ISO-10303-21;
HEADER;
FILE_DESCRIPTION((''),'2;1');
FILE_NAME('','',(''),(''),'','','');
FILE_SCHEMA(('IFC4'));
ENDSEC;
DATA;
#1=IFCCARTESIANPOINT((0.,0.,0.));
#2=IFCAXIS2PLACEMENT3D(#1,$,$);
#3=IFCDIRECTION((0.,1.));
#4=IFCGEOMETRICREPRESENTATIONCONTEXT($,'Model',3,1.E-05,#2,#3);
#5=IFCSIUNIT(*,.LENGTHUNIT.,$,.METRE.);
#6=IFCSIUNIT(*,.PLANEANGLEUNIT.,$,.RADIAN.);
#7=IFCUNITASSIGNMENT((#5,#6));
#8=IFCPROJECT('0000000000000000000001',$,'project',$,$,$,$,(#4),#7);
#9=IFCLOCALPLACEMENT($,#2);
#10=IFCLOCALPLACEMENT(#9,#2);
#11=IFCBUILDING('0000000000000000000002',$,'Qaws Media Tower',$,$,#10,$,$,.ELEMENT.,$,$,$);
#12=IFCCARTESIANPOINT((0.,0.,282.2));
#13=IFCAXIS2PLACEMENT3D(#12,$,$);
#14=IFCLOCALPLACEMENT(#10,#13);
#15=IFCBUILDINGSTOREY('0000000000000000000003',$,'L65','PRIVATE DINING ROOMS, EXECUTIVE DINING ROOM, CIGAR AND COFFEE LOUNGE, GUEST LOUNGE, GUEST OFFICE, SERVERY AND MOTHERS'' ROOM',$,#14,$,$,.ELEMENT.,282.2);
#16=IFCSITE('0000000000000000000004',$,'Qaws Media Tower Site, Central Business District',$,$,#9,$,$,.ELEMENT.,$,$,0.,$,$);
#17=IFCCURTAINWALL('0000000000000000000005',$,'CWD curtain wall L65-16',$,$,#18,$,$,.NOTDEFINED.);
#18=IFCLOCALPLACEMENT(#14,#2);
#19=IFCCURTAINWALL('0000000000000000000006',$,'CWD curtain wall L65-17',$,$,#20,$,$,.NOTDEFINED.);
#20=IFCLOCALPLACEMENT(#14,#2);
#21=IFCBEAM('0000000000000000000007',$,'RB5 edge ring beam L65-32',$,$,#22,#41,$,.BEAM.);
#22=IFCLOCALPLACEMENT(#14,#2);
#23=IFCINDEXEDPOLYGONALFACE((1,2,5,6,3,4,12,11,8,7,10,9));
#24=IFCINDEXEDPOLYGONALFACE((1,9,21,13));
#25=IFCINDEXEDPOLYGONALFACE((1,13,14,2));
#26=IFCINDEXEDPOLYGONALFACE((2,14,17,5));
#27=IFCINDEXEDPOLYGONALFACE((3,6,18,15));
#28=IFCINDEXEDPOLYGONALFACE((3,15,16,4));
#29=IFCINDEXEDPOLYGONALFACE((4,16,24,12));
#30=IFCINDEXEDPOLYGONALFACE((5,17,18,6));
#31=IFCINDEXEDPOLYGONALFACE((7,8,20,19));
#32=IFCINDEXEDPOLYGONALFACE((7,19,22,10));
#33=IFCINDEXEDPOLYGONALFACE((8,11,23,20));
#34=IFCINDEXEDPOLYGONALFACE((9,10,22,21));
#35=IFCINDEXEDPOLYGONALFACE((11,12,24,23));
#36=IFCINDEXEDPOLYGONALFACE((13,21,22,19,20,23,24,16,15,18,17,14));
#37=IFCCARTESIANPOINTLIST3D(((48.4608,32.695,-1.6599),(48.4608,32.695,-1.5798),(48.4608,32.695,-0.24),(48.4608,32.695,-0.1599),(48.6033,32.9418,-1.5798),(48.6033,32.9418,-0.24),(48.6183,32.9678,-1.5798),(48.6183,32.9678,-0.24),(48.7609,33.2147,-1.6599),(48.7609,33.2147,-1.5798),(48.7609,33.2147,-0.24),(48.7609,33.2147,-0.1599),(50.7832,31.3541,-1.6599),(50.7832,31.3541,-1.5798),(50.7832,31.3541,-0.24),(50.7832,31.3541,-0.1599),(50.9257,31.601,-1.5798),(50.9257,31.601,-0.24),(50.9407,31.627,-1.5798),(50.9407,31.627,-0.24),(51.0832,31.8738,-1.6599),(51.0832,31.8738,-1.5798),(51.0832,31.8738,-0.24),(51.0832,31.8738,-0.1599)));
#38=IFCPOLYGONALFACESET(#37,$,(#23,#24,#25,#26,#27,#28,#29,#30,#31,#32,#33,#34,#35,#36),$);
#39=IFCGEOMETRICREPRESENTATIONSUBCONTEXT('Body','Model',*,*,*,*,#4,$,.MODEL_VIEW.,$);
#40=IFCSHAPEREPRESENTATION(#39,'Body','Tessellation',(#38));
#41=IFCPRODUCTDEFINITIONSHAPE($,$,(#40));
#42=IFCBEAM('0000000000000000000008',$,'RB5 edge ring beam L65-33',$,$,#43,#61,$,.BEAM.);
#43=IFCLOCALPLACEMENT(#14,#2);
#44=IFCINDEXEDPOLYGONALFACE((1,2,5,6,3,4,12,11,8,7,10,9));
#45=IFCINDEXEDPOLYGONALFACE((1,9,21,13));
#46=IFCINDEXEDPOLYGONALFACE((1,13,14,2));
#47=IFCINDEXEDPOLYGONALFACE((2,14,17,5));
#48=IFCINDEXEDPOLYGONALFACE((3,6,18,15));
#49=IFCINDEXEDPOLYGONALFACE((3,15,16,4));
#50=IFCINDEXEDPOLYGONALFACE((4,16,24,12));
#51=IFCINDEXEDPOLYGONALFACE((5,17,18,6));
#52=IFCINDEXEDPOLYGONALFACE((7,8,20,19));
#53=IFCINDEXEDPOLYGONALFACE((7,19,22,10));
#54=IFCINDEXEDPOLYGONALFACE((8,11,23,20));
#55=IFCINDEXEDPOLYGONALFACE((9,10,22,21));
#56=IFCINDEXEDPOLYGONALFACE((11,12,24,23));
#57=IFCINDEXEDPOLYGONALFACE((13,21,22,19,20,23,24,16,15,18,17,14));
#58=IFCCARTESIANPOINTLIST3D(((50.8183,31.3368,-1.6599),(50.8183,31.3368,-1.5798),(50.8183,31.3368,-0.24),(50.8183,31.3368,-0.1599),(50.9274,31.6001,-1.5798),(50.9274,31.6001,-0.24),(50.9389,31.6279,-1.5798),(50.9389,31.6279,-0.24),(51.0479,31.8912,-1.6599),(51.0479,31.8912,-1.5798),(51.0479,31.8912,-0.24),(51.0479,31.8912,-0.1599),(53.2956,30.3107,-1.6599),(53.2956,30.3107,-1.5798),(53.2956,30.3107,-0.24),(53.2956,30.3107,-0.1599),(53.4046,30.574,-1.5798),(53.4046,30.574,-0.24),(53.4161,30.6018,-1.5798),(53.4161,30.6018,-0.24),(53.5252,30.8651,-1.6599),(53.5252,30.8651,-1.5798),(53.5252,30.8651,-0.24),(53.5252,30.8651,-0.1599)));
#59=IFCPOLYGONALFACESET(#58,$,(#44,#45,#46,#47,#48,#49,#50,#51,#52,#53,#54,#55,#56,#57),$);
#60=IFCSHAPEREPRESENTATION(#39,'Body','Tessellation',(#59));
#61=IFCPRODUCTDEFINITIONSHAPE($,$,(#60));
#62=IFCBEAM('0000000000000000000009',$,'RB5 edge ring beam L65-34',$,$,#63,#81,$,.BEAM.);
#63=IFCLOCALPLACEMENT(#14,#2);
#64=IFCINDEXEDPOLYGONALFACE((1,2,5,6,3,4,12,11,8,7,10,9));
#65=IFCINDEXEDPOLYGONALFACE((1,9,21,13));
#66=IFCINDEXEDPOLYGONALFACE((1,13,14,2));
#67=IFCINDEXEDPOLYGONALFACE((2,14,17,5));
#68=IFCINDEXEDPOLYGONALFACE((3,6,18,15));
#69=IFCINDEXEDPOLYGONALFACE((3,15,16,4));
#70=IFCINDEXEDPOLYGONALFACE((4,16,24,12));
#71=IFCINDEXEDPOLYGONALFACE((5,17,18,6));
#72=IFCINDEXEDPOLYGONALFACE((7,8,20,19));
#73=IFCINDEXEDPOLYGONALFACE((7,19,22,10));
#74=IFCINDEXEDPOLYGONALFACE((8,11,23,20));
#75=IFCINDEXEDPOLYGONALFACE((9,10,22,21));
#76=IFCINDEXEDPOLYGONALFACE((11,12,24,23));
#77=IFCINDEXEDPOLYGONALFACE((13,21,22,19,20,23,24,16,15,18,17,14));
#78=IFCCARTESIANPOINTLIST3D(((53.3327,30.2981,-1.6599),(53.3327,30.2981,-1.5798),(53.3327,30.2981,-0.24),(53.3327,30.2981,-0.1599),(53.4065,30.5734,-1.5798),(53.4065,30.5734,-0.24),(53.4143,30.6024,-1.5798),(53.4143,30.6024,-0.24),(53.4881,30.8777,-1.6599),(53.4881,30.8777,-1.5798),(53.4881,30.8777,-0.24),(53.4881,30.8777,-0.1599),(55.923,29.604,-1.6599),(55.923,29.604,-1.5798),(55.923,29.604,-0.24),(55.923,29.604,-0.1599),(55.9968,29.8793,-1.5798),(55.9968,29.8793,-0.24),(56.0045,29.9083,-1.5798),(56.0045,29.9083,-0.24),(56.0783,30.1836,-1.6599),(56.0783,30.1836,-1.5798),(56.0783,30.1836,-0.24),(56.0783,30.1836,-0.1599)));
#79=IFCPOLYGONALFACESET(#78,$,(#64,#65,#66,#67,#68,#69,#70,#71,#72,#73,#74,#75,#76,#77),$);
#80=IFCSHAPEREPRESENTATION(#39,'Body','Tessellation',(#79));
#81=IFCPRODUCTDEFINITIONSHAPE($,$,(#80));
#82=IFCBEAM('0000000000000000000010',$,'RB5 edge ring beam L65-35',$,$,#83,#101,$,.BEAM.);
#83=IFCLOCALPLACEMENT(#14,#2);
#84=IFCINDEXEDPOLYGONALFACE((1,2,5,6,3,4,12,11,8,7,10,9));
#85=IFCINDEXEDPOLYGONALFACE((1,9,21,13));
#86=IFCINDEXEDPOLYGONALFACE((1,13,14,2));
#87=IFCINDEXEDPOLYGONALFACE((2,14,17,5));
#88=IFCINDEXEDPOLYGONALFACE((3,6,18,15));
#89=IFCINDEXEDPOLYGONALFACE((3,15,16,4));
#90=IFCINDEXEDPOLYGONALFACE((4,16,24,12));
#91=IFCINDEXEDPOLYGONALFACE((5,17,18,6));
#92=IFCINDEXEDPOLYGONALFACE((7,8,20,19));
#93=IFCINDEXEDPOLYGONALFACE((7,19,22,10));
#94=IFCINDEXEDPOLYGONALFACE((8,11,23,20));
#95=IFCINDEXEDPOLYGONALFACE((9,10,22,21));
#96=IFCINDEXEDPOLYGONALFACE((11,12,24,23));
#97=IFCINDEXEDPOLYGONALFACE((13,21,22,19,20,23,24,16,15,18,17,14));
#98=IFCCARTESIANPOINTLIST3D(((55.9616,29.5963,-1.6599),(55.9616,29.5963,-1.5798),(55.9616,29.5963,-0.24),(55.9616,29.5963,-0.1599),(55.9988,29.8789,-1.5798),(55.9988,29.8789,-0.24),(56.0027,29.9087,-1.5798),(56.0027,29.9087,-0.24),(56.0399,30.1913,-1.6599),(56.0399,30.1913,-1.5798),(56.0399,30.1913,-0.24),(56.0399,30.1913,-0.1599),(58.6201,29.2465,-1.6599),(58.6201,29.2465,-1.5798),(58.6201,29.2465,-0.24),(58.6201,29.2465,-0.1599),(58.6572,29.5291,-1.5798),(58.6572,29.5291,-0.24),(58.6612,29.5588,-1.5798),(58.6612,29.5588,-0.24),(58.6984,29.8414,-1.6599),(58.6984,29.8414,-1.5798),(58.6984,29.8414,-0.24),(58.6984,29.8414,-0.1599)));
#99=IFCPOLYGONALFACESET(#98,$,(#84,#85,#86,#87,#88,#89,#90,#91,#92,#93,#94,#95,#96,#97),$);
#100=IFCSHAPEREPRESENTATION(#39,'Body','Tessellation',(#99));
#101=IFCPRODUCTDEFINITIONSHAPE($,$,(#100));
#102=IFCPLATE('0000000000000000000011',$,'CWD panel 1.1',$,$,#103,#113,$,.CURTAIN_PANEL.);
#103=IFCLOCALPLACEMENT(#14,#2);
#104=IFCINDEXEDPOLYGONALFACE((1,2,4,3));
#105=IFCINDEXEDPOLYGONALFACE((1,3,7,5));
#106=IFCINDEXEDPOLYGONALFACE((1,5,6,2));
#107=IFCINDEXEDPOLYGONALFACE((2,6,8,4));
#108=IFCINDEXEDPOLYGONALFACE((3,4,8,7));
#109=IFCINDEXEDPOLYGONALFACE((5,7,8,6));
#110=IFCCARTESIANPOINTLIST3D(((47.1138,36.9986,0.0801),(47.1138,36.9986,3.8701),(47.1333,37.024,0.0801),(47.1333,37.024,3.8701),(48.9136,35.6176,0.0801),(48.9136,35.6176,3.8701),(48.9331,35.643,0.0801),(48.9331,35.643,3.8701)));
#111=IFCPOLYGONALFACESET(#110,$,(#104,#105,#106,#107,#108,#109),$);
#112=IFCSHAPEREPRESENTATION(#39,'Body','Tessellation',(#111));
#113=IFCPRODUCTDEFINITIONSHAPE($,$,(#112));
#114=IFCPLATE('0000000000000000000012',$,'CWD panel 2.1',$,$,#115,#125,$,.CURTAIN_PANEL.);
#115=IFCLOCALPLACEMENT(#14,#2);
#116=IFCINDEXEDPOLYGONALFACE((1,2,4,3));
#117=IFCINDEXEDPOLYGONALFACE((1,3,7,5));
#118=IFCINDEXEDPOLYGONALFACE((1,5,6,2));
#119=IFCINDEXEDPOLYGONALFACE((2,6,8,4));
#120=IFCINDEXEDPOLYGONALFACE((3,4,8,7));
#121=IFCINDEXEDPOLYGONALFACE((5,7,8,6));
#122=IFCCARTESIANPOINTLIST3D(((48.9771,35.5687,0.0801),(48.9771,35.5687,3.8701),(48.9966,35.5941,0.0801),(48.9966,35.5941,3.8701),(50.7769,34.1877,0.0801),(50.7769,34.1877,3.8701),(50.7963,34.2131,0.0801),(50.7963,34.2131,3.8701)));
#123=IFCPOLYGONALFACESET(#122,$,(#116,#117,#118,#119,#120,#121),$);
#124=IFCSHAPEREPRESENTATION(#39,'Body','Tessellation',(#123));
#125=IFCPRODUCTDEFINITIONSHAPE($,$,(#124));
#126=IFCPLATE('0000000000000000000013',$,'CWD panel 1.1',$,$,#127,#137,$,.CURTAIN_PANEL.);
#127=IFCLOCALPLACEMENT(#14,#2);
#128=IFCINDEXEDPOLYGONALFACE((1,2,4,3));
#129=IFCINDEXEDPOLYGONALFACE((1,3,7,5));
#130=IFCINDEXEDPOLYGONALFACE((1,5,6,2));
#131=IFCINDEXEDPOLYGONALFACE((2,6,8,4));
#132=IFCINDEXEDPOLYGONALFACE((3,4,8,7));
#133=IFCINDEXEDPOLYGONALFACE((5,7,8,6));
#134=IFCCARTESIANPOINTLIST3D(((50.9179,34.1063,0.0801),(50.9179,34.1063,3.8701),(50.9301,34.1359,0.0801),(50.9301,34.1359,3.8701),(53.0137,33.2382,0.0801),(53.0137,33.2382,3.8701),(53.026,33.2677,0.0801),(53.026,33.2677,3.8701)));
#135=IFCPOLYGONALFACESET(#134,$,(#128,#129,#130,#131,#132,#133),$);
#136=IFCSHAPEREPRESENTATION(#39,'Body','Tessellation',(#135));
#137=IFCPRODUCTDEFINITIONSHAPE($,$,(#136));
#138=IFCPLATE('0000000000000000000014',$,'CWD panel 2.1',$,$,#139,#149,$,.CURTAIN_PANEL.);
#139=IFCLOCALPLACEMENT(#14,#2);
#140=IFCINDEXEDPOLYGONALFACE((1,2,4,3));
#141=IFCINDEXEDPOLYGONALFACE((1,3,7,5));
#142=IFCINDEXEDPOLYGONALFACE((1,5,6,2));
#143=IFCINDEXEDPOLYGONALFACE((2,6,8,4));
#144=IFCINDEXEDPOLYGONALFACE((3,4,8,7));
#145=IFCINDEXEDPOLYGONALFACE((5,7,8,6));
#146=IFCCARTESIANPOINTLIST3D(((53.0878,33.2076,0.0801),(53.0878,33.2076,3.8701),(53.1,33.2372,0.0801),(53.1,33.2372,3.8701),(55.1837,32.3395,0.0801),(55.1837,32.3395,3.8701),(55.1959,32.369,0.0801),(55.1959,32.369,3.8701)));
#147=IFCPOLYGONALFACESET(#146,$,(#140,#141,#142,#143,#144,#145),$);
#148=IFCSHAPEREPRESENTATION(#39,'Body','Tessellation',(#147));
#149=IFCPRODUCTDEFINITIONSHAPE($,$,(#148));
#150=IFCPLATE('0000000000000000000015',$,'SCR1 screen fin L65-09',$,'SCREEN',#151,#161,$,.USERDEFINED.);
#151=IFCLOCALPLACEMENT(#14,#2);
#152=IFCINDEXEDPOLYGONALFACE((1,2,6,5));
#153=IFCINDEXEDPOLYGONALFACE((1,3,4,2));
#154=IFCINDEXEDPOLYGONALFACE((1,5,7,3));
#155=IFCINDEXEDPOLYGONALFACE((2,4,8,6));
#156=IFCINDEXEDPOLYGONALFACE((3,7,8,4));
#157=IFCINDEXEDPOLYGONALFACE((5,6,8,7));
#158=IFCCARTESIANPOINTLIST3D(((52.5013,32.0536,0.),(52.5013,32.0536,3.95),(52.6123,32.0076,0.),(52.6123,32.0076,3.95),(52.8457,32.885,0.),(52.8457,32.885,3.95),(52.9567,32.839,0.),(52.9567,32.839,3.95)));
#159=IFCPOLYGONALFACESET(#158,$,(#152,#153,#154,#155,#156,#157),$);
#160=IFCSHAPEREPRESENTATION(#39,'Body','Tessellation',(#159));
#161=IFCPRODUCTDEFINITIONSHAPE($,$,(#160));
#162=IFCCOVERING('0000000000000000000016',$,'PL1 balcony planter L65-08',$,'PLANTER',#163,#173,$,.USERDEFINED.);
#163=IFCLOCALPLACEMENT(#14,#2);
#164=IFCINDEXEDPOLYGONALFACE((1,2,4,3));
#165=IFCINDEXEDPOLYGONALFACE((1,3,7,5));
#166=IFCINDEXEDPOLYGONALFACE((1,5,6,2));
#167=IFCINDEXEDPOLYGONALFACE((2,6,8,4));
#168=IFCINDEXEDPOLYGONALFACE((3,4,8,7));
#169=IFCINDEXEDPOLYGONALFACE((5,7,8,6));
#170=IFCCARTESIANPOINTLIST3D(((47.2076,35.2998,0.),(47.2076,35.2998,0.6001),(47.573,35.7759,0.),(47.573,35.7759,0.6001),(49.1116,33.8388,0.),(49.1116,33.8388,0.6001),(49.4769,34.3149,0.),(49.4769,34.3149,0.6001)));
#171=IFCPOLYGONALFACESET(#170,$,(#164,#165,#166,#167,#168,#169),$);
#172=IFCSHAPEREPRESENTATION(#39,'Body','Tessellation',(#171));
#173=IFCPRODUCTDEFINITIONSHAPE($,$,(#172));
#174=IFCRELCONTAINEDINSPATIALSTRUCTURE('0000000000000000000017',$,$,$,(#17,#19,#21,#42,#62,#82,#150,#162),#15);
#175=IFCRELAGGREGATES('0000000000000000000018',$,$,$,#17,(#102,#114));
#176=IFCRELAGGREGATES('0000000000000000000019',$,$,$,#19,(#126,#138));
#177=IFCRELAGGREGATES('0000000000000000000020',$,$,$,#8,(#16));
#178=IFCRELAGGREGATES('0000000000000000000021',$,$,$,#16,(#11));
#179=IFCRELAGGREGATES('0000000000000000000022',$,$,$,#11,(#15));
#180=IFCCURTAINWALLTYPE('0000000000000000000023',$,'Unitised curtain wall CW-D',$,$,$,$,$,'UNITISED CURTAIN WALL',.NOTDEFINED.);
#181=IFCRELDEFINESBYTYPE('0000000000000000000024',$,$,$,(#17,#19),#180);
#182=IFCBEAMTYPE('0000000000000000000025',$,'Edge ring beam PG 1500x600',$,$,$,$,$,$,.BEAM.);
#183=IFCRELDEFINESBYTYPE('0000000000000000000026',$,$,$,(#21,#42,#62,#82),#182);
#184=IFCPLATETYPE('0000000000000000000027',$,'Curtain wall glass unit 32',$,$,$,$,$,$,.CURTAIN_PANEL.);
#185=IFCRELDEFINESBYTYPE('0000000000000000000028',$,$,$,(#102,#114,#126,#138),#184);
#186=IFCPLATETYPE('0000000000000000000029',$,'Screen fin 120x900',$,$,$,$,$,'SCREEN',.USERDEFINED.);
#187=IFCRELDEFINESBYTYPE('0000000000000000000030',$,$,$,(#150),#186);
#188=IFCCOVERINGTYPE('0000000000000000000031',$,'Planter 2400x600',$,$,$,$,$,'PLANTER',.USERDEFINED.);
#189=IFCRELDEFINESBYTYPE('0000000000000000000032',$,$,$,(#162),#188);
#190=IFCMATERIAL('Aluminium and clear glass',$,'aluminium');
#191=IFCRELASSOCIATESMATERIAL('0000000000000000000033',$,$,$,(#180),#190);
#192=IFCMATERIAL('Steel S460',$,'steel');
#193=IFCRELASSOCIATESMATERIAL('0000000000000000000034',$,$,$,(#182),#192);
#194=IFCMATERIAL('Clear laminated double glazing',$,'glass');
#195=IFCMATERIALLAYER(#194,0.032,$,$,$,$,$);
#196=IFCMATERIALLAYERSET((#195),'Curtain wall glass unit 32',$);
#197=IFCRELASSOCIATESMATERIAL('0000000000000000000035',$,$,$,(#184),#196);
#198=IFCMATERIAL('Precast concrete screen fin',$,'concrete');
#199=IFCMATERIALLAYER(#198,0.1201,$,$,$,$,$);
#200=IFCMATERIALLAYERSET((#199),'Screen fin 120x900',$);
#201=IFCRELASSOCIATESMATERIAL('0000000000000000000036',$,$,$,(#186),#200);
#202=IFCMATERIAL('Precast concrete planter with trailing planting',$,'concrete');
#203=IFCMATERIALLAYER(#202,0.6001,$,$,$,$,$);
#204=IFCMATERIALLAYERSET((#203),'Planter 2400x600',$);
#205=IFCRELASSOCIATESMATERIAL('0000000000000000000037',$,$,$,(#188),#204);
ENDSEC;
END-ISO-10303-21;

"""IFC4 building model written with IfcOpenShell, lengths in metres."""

from ifc_helpers import new_model, si_unit, direction, frame, origin, origin_2d, place, context, subcontext, project, spatial, rectangle, i_section, extrude, material, layer, layer_set, material_profile, profile_set, type_object, element, aggregate, save


model = new_model("IFC4")

# Units and contexts
model_context = context("Model", 3, precision=1e-05, world=origin(), true_north=direction((0.0, 1.0)))
body_context = subcontext(model_context, "Body", "Model", "MODEL_VIEW")
ifc_project = project(units=[si_unit("LENGTHUNIT", "METRE"), si_unit("PLANEANGLEUNIT", "RADIAN")], contexts=[model_context])

# Site, building, storey
site_placement = place(None, origin())
site = spatial("IfcSite", under=ifc_project, at=site_placement, Name="Qaws Media Tower Site, Central Business District", CompositionType="ELEMENT", RefElevation=0.0)
building_placement = place(site_placement, origin())
building = spatial("IfcBuilding", under=site, at=building_placement, Name="Qaws Media Tower", CompositionType="ELEMENT")
storey_placement = place(building_placement, frame((0.0, 0.0, 282.2)))
storey = spatial("IfcBuildingStorey", under=building, at=storey_placement, Name="L65", Description="PRIVATE DINING ROOMS, EXECUTIVE DINING ROOM, CIGAR AND COFFEE LOUNGE, GUEST LOUNGE, GUEST OFFICE, SERVERY AND MOTHERS' ROOM", CompositionType="ELEMENT", Elevation=282.2)

# Curtain walls
ifc_material_1 = material(Name="Aluminium and clear glass", Category="aluminium")
curtain_wall_type = type_object("IfcCurtainWallType", Name="Unitised curtain wall CW-D", ElementType="UNITISED CURTAIN WALL", PredefinedType="NOTDEFINED", material=ifc_material_1)
curtain_wall_1_placement = place(storey_placement, origin())
curtain_wall_1 = element("IfcCurtainWall", 1, at=curtain_wall_1_placement, inside=storey, type_object=curtain_wall_type, Name="CWD curtain wall L65-16", PredefinedType="NOTDEFINED")
curtain_wall_2_placement = place(storey_placement, origin())
curtain_wall_2 = element("IfcCurtainWall", 2, at=curtain_wall_2_placement, inside=storey, type_object=curtain_wall_type, Name="CWD curtain wall L65-17", PredefinedType="NOTDEFINED")

# Beams
ifc_material_2 = material(Name="Steel S460", Category="steel")
ifc_material_profile_1 = material_profile(ifc_material_2, i_section(OverallWidth=0.6001, OverallDepth=1.5, WebThickness=0.03, FlangeThickness=0.0801, at=origin_2d()), Name="PG 1500x600")
ifc_profile_set_1 = profile_set([ifc_material_profile_1], Name="Steel S460")
beam_type = type_object("IfcBeamType", Name="Edge ring beam PG 1500x600", PredefinedType="BEAM", material=ifc_profile_set_1)
for number, where, z_axis, x_axis, name in (
    (3, (48.6108, 32.9548, -0.9099), (0.866016, -0.500017, 0.0), (0.500017, 0.866016, 0.0), "RB5 edge ring beam L65-32"),
):
    element("IfcBeam", number, at=place(storey_placement, frame(where, z_axis=z_axis, x_axis=x_axis)), inside=storey, type_object=beam_type, Name=name, PredefinedType="BEAM", context=body_context, shape_type="SweptSolid", body=[
        extrude(i_section(OverallWidth=0.6001, OverallDepth=1.5, WebThickness=0.03, FlangeThickness=0.0801, at=origin_2d()), origin(), (0.0, 0.0, 1.0), 2.6816),
    ])
beam_1_placement = place(storey_placement, frame((50.9331, 31.614, -0.9099), z_axis=(0.92388, -0.382681, 0.0), x_axis=(0.382681, 0.92388, 0.0)))
element("IfcBeam", 4, at=beam_1_placement, inside=storey, type_object=beam_type, Name="RB5 edge ring beam L65-33", PredefinedType="BEAM", context=body_context, shape_type="SweptSolid", body=[
    extrude(i_section(OverallWidth=0.6001, OverallDepth=1.5, WebThickness=0.03, FlangeThickness=0.0801, at=origin_2d()), origin(), (0.0, 0.0, 1.0), 2.6814),
])
beam_2_placement = place(storey_placement, frame((53.4104, 30.5879, -0.9099), z_axis=(0.965924, -0.258824, 0.0), x_axis=(0.258824, 0.965924, 0.0)))
element("IfcBeam", 5, at=beam_2_placement, inside=storey, type_object=beam_type, Name="RB5 edge ring beam L65-34", PredefinedType="BEAM", context=body_context, shape_type="SweptSolid", body=[
    extrude(i_section(OverallWidth=0.6001, OverallDepth=1.5, WebThickness=0.03, FlangeThickness=0.0801, at=origin_2d()), origin(), (0.0, 0.0, 1.0), 2.6816),
])
beam_3_placement = place(storey_placement, frame((56.0007, 29.8938, -0.9099), z_axis=(0.991452, -0.130476, 0.0), x_axis=(0.130476, 0.991452, 0.0)))
element("IfcBeam", 6, at=beam_3_placement, inside=storey, type_object=beam_type, Name="RB5 edge ring beam L65-35", PredefinedType="BEAM", context=body_context, shape_type="SweptSolid", body=[
    extrude(i_section(OverallWidth=0.6001, OverallDepth=1.5, WebThickness=0.03, FlangeThickness=0.0801, at=origin_2d()), origin(), (0.0, 0.0, 1.0), 2.6814),
])

# Plates
ifc_material_3 = material(Name="Clear laminated double glazing", Category="glass")
ifc_layer_1 = layer(ifc_material_3, 0.032)
ifc_layer_set_1 = layer_set([ifc_layer_1], Name="Curtain wall glass unit 32")
plate_type_1 = type_object("IfcPlateType", Name="Curtain wall glass unit 32", PredefinedType="CURTAIN_PANEL", material=ifc_layer_set_1)
plate_1_placement = place(storey_placement, frame((48.0234, 36.3208, 0.0801), z_axis=(0.0, 0.0, 1.0), x_axis=(0.793353, -0.608761, 0.0)))
plate_1 = element("IfcPlate", 7, at=plate_1_placement, type_object=plate_type_1, Name="CWD panel 1.1", PredefinedType="CURTAIN_PANEL", context=body_context, shape_type="SweptSolid", body=[
    extrude(rectangle(XDim=2.2686, YDim=0.032, at=origin_2d()), origin(), (0.0, 0.0, 1.0), 3.79),
])
plate_2_placement = place(storey_placement, frame((49.8867, 34.8909, 0.0801), z_axis=(0.0, 0.0, 1.0), x_axis=(0.793353, -0.608761, 0.0)))
plate_2 = element("IfcPlate", 8, at=plate_2_placement, type_object=plate_type_1, Name="CWD panel 2.1", PredefinedType="CURTAIN_PANEL", context=body_context, shape_type="SweptSolid", body=[
    extrude(rectangle(XDim=2.2686, YDim=0.032, at=origin_2d()), origin(), (0.0, 0.0, 1.0), 3.79),
])
aggregate(curtain_wall_1, [plate_1, plate_2])
plate_3_placement = place(storey_placement, frame((51.9719, 33.687, 0.0801), z_axis=(0.0, 0.0, 1.0), x_axis=(0.923879, -0.382684, 0.0)))
plate_3 = element("IfcPlate", 9, at=plate_3_placement, type_object=plate_type_1, Name="CWD panel 1.1", PredefinedType="CURTAIN_PANEL", context=body_context, shape_type="SweptSolid", body=[
    extrude(rectangle(XDim=2.2686, YDim=0.032, at=origin_2d()), origin(), (0.0, 0.0, 1.0), 3.79),
])
plate_4_placement = place(storey_placement, frame((54.1418, 32.7883, 0.0801), z_axis=(0.0, 0.0, 1.0), x_axis=(0.923879, -0.382684, 0.0)))
plate_4 = element("IfcPlate", 10, at=plate_4_placement, type_object=plate_type_1, Name="CWD panel 2.1", PredefinedType="CURTAIN_PANEL", context=body_context, shape_type="SweptSolid", body=[
    extrude(rectangle(XDim=2.2686, YDim=0.032, at=origin_2d()), origin(), (0.0, 0.0, 1.0), 3.79),
])
aggregate(curtain_wall_2, [plate_3, plate_4])
ifc_material_4 = material(Name="Precast concrete screen fin", Category="concrete")
ifc_layer_2 = layer(ifc_material_4, 0.1201)
ifc_layer_set_2 = layer_set([ifc_layer_2], Name="Screen fin 120x900")
plate_type_2 = type_object("IfcPlateType", Name="Screen fin 120x900", ElementType="SCREEN", PredefinedType="USERDEFINED", material=ifc_layer_set_2)
plate_5_placement = place(storey_placement, frame((52.729, 32.4463, 0.0), z_axis=(0.0, 0.0, 1.0), x_axis=(-0.382683, -0.92388, 0.0)))
element("IfcPlate", 11, at=plate_5_placement, inside=storey, type_object=plate_type_2, Name="SCR1 screen fin L65-09", ObjectType="SCREEN", PredefinedType="USERDEFINED", context=body_context, shape_type="SweptSolid", body=[
    extrude(rectangle(XDim=0.8999, YDim=0.1201, at=origin_2d()), origin(), (0.0, 0.0, 1.0), 3.95),
])

# Covering
ifc_material_5 = material(Name="Precast concrete planter with trailing planting", Category="concrete")
ifc_layer_3 = layer(ifc_material_5, 0.6001)
ifc_layer_set_3 = layer_set([ifc_layer_3], Name="Planter 2400x600")
covering_type = type_object("IfcCoveringType", Name="Planter 2400x600", ElementType="PLANTER", PredefinedType="USERDEFINED", material=ifc_layer_set_3)
covering_placement = place(storey_placement, frame((48.3423, 34.8074, 0.0), z_axis=(0.0, 0.0, 1.0), x_axis=(0.793353, -0.608761, 0.0)))
element("IfcCovering", 12, at=covering_placement, inside=storey, type_object=covering_type, Name="PL1 balcony planter L65-08", ObjectType="PLANTER", PredefinedType="USERDEFINED", context=body_context, shape_type="SweptSolid", body=[
    extrude(rectangle(XDim=2.3999, YDim=0.6001, at=origin_2d()), origin(), (0.0, 0.0, 1.0), 0.6001),
])

save(model, "model.ifc")
